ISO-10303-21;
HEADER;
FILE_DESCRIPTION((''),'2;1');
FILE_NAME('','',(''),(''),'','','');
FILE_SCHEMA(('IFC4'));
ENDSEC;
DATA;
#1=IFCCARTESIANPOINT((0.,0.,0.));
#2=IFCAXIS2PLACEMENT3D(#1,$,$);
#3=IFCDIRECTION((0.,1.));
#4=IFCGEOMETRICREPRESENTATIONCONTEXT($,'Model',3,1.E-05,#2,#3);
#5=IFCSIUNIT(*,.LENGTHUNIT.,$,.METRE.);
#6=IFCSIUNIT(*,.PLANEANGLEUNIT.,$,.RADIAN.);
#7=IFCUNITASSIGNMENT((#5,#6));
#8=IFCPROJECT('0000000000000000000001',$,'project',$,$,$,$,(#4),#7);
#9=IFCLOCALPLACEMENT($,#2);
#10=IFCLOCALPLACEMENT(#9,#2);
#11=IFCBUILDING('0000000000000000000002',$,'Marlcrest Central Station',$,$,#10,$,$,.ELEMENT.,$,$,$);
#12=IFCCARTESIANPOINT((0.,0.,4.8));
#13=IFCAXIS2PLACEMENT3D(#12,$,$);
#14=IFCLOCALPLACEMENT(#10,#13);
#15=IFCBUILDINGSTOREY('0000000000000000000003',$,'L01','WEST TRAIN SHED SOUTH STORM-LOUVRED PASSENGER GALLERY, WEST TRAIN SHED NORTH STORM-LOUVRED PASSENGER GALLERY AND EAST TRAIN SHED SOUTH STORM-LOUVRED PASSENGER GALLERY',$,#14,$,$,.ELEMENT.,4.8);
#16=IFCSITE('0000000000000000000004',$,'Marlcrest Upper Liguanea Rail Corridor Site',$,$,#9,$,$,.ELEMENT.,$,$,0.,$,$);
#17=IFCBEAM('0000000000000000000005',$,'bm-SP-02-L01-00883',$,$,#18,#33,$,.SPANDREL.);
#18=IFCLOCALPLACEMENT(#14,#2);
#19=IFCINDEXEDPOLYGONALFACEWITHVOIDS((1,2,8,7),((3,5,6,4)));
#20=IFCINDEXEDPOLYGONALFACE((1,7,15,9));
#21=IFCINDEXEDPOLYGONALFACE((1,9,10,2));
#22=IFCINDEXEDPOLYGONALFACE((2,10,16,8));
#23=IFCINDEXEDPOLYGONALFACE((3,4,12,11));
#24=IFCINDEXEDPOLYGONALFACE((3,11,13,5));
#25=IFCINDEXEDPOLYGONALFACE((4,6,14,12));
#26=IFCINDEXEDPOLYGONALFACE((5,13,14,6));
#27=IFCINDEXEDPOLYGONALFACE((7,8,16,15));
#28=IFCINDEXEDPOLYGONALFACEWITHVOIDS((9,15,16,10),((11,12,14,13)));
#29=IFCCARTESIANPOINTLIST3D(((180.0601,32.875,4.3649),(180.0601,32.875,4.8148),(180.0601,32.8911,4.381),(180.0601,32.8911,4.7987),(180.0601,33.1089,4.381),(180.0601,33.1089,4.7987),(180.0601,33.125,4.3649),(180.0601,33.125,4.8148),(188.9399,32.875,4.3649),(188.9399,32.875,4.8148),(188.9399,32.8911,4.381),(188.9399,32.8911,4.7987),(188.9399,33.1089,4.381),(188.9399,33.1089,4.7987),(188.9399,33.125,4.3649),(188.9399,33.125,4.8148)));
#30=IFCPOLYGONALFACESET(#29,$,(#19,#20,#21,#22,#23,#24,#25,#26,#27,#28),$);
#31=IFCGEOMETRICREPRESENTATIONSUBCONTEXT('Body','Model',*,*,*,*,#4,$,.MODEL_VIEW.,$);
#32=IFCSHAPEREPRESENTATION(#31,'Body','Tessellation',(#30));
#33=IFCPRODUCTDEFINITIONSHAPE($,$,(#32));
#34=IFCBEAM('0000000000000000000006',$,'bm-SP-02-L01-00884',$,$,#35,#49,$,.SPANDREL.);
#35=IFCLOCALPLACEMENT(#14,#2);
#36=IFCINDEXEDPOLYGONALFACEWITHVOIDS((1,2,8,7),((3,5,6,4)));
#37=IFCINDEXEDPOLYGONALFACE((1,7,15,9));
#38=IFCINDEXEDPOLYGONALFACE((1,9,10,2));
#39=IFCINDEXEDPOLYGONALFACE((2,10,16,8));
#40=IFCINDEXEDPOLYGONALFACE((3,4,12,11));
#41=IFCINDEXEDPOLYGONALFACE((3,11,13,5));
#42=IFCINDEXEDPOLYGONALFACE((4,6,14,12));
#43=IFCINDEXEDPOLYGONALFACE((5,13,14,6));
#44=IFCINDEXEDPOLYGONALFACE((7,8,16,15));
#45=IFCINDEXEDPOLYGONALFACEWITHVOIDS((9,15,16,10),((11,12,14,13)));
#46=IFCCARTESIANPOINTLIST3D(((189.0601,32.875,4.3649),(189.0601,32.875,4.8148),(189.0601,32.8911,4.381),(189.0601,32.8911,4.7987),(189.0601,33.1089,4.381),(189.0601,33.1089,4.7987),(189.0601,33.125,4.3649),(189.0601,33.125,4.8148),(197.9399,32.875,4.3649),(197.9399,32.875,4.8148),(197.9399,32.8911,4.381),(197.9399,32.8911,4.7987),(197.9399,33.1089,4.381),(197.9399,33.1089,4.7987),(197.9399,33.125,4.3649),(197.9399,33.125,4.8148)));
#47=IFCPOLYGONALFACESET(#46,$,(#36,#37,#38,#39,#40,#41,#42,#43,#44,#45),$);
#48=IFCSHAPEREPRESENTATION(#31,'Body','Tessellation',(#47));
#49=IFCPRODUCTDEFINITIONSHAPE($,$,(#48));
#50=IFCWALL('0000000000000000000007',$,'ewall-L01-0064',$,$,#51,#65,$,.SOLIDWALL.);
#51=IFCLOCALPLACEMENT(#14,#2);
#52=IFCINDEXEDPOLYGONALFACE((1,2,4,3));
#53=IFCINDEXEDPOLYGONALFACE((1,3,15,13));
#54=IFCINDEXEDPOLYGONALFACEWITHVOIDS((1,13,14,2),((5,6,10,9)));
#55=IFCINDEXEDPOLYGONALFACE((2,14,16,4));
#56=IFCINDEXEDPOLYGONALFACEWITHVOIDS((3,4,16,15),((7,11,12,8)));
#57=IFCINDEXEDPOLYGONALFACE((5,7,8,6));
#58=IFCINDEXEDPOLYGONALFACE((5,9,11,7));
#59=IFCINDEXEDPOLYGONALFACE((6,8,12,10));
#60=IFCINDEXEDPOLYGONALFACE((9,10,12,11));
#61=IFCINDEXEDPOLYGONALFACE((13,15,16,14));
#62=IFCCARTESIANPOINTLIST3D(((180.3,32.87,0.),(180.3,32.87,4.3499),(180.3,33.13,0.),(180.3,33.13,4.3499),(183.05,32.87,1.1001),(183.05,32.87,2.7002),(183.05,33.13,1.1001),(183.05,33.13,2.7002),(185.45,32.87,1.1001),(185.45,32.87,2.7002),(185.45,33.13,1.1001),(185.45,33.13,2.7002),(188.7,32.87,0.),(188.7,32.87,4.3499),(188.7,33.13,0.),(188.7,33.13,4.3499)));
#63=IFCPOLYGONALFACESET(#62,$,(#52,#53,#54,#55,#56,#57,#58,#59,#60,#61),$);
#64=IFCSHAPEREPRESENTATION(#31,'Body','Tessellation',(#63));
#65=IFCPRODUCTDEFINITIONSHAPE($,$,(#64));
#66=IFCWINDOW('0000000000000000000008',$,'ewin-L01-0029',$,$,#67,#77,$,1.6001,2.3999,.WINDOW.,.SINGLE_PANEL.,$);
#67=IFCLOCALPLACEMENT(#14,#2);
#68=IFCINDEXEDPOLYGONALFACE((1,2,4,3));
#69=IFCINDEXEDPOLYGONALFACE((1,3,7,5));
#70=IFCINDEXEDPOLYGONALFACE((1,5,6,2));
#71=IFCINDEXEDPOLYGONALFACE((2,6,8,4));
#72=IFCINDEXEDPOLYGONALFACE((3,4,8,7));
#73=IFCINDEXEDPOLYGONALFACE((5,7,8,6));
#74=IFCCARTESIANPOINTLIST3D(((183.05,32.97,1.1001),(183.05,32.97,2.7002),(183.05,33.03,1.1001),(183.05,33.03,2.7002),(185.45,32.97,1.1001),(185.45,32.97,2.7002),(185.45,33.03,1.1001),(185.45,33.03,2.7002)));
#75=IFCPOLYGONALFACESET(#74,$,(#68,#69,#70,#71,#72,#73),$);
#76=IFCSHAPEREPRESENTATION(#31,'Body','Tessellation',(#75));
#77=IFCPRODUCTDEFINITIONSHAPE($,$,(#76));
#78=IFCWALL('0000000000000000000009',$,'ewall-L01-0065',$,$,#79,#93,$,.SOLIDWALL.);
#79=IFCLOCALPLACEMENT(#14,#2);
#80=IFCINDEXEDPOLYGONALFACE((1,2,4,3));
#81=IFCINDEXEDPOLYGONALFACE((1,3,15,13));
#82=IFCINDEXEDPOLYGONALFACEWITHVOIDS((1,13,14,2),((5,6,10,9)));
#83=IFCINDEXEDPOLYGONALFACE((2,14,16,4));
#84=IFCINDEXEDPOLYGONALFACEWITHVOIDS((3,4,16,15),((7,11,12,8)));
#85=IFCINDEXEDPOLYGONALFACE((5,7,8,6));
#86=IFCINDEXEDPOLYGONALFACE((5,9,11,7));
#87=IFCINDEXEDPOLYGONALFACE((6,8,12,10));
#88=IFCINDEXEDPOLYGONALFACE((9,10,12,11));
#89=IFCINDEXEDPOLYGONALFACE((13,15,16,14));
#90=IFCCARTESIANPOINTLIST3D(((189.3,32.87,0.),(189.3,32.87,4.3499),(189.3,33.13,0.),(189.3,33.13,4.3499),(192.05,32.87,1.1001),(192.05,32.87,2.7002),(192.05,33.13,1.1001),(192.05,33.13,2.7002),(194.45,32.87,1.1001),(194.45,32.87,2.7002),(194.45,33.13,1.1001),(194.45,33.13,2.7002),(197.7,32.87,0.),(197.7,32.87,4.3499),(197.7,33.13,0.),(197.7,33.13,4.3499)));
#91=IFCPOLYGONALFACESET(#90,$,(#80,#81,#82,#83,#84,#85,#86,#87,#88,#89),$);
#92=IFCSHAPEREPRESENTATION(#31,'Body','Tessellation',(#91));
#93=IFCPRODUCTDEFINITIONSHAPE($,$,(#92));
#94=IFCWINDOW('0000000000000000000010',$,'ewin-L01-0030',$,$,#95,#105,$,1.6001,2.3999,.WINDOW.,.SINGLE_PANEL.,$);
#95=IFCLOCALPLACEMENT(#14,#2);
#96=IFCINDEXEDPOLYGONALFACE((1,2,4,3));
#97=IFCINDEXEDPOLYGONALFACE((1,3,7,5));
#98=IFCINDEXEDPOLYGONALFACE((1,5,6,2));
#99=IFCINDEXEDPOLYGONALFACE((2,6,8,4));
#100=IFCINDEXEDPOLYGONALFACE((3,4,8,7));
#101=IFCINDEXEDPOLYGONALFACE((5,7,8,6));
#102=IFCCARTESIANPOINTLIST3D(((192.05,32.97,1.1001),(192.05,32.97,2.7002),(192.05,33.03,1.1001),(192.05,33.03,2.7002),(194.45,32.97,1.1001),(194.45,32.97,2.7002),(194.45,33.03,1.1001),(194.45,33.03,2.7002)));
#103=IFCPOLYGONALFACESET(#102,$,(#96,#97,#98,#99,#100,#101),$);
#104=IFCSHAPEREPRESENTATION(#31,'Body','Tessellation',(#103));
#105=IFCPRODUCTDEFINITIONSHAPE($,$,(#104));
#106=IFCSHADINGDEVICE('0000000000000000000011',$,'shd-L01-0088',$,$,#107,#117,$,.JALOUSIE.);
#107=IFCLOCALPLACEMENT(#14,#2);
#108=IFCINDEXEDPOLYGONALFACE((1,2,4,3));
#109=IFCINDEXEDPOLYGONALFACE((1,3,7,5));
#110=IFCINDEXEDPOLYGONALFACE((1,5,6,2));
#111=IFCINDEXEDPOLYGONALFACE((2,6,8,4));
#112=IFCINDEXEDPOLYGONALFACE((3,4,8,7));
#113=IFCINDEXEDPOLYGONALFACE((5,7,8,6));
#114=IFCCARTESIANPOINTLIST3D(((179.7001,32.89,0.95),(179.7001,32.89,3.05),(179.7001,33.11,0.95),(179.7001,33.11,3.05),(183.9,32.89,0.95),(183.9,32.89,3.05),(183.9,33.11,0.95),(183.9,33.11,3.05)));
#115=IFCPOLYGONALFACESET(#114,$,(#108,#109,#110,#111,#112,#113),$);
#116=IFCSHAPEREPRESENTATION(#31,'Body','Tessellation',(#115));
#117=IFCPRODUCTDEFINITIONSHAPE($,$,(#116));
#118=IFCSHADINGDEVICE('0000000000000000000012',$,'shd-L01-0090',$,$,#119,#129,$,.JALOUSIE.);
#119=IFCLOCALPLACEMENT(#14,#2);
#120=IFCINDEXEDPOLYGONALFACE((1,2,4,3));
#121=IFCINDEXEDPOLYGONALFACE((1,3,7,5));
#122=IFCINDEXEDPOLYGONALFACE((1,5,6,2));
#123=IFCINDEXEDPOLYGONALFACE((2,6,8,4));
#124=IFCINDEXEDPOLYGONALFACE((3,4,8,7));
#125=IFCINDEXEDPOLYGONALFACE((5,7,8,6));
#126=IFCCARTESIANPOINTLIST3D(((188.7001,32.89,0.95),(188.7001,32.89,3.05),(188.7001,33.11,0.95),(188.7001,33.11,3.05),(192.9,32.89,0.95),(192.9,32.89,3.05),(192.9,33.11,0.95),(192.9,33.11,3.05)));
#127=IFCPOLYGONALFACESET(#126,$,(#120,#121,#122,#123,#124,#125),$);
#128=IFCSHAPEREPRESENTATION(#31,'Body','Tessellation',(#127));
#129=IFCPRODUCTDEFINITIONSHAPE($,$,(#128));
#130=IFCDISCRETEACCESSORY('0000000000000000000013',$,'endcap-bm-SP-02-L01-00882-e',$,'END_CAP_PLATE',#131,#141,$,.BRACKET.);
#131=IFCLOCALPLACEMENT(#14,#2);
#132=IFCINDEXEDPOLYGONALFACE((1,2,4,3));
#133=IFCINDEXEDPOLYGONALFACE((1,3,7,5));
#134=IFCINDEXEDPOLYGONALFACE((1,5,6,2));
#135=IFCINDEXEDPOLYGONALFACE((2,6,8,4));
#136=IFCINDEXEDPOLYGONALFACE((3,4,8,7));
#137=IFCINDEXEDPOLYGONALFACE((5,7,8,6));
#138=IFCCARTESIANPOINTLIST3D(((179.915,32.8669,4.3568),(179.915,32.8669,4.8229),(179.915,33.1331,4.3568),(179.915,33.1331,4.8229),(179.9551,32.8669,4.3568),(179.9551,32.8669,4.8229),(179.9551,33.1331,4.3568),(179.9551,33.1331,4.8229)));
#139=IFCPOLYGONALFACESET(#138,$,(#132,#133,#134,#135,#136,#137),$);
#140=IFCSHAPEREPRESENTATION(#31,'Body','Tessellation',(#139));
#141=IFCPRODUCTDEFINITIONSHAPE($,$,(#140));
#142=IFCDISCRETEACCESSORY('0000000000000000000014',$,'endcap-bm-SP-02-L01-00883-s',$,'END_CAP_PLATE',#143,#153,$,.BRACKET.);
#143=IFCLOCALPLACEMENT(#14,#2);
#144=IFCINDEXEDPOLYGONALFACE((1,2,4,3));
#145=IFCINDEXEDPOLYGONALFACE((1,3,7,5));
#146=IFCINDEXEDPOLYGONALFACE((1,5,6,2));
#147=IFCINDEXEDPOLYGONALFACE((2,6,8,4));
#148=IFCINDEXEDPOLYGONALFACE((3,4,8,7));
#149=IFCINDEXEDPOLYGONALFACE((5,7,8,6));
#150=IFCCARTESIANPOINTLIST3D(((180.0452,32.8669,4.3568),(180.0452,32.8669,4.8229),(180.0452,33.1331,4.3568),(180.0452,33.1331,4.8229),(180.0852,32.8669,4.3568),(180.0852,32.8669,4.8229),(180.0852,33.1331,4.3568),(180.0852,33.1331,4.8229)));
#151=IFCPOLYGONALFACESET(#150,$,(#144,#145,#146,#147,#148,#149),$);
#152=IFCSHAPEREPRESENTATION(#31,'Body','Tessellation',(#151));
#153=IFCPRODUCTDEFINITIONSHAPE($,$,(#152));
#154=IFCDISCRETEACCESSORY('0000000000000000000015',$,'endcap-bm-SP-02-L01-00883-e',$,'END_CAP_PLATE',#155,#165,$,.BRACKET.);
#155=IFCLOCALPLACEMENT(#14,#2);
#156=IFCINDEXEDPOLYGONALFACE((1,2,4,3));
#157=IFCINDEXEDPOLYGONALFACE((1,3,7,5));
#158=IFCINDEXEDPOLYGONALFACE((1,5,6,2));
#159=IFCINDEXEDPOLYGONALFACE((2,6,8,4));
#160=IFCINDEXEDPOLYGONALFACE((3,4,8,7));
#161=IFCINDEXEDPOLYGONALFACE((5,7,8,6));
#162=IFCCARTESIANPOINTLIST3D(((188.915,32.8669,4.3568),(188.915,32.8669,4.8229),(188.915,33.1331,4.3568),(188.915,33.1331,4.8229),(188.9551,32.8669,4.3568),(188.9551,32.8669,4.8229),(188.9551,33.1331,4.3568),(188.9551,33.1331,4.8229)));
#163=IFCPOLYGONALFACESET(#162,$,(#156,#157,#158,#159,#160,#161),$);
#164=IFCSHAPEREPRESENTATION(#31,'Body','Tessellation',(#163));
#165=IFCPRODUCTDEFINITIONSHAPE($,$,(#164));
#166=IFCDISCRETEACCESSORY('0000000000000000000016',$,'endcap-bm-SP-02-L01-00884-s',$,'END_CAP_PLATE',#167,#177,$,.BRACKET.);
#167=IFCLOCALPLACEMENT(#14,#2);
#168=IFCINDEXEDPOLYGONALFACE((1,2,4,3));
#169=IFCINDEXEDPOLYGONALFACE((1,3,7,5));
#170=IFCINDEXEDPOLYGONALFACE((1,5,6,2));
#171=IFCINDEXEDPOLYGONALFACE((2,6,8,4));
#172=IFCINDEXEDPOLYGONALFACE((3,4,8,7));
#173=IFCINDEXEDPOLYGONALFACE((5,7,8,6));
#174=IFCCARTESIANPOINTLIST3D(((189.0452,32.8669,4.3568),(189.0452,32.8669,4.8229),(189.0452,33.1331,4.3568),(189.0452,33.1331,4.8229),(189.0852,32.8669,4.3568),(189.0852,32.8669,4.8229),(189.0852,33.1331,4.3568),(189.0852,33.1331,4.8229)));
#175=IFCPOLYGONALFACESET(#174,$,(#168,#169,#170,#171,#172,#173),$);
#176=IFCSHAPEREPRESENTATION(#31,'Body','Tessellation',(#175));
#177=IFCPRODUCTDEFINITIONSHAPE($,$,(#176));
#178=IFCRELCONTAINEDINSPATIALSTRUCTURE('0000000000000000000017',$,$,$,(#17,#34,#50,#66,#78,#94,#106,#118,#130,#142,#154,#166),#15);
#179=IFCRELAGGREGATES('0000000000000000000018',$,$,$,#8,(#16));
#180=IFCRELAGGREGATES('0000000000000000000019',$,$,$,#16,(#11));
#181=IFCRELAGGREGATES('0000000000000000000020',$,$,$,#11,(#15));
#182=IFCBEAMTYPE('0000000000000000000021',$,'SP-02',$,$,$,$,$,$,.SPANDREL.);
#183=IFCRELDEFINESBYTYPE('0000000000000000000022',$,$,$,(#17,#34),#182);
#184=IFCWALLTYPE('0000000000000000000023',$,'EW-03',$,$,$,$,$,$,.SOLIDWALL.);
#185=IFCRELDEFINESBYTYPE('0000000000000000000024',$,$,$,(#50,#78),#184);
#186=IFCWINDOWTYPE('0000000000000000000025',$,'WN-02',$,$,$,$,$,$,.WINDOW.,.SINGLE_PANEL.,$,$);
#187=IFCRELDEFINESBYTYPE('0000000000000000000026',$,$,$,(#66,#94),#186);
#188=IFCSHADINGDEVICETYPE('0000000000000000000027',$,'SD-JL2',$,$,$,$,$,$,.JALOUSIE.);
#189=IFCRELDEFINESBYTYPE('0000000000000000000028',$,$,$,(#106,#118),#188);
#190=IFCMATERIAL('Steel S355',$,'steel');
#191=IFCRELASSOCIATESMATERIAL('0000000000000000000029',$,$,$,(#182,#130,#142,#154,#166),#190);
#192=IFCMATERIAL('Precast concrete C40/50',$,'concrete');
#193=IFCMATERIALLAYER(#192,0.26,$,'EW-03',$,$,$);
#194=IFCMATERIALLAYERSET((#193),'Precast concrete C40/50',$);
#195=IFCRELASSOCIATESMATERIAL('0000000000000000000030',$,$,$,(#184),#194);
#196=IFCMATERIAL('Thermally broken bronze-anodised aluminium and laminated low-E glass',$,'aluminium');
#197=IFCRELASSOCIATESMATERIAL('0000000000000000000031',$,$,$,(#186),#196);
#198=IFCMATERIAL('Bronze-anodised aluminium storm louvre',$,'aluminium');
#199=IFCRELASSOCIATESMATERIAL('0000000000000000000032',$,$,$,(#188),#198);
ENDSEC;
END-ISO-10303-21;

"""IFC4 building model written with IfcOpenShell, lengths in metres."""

from ifc_helpers import new_model, si_unit, direction, frame, frame_2d, origin, origin_2d, place, context, subcontext, project, spatial, rectangle, hollow_rectangle, extrude, material, layer, layer_set, material_profile, profile_set, type_object, element, fill, save


model = new_model("IFC4")

# Units and contexts
model_context = context("Model", 3, precision=1e-05, world=origin(), true_north=direction((0.0, 1.0)))
body_context = subcontext(model_context, "Body", "Model", "MODEL_VIEW")
ifc_project = project(units=[si_unit("LENGTHUNIT", "METRE"), si_unit("PLANEANGLEUNIT", "RADIAN")], contexts=[model_context])

# Site, building, storey
site_placement = place(None, origin())
site = spatial("IfcSite", under=ifc_project, at=site_placement, Name="Marlcrest Upper Liguanea Rail Corridor Site", CompositionType="ELEMENT", RefElevation=0.0)
building_placement = place(site_placement, origin())
building = spatial("IfcBuilding", under=site, at=building_placement, Name="Marlcrest Central Station", CompositionType="ELEMENT")
storey_placement = place(building_placement, frame((0.0, 0.0, 4.8)))
storey = spatial("IfcBuildingStorey", under=building, at=storey_placement, Name="L01", Description="WEST TRAIN SHED SOUTH STORM-LOUVRED PASSENGER GALLERY, WEST TRAIN SHED NORTH STORM-LOUVRED PASSENGER GALLERY AND EAST TRAIN SHED SOUTH STORM-LOUVRED PASSENGER GALLERY", CompositionType="ELEMENT", Elevation=4.8)

# Shared definitions
ifc_material_1 = material(Name="Steel S355", Category="steel")

# Beams
ifc_material_profile_1 = material_profile(ifc_material_1, hollow_rectangle(XDim=0.25, YDim=0.45, WallThickness=0.0161, at=origin_2d()), Name="RHS 450x250x16")
ifc_profile_set_1 = profile_set([ifc_material_profile_1], Name="Steel S355")
beam_type_1 = type_object("IfcBeamType", Name="SP-02", PredefinedType="SPANDREL", material=ifc_profile_set_1)
for number, where, z_axis, x_axis, name in (
    (1, (180.0601, 33.0, 4.5898), (1.0, 0.0, 0.0), (0.0, 1.0, 0.0), "bm-SP-02-L01-00883"),
    (2, (189.0601, 33.0, 4.5898), (1.0, 0.0, 0.0), (0.0, 1.0, 0.0), "bm-SP-02-L01-00884"),
):
    element("IfcBeam", number, at=place(storey_placement, frame(where, z_axis=z_axis, x_axis=x_axis)), inside=storey, type_object=beam_type_1, Name=name, PredefinedType="SPANDREL", context=body_context, shape_type="SweptSolid", body=[
        extrude(hollow_rectangle(XDim=0.25, YDim=0.45, WallThickness=0.0161, at=origin_2d()), origin(), (0.0, 0.0, 1.0), 8.8799),
    ])

# Walls, openings, windows
ifc_material_2 = material(Name="Precast concrete C40/50", Category="concrete")
ifc_layer = layer(ifc_material_2, 0.26, Name="EW-03")
ifc_layer_set = layer_set([ifc_layer], Name="Precast concrete C40/50")
wall_type = type_object("IfcWallType", Name="EW-03", PredefinedType="SOLIDWALL", material=ifc_layer_set)
wall_1_placement = place(storey_placement, frame((180.3, 33.0, 0.0), z_axis=(0.0, 0.0, 1.0), x_axis=(1.0, 0.0, 0.0)))
wall_1 = element("IfcWall", 3, at=wall_1_placement, inside=storey, type_object=wall_type, Name="ewall-L01-0064", PredefinedType="SOLIDWALL", context=body_context, shape_type="SweptSolid", body=[
    extrude(rectangle(XDim=8.3999, YDim=0.26, at=frame_2d((4.2, 0.0))), origin(), (0.0, 0.0, 1.0), 4.3499),
])
opening_1_placement = place(wall_1_placement, frame((2.75, 0.0, 1.1001)))
opening_1 = element("IfcOpeningElement", 4, at=opening_1_placement, cuts=wall_1, PredefinedType="OPENING", context=body_context, shape_type="SweptSolid", body=[
    extrude(rectangle(XDim=2.3999, YDim=1.6001, at=frame_2d((1.2, 0.8))), frame((0.0, 0.1399, 0.0), z_axis=(0.0, -1.0, 0.0), x_axis=(1.0, 0.0, 0.0)), (0.0, 0.0, 1.0), 0.28),
])
ifc_material_3 = material(Name="Thermally broken bronze-anodised aluminium and laminated low-E glass", Category="aluminium")
window_type = type_object("IfcWindowType", Name="WN-02", PartitioningType="SINGLE_PANEL", PredefinedType="WINDOW", material=ifc_material_3)
window_1_placement = place(opening_1_placement, origin())
window_1 = element("IfcWindow", 5, at=window_1_placement, inside=storey, type_object=window_type, Name="ewin-L01-0029", OverallHeight=1.6001, OverallWidth=2.3999, PartitioningType="SINGLE_PANEL", PredefinedType="WINDOW", context=body_context, shape_type="SweptSolid", body=[
    extrude(rectangle(XDim=2.3999, YDim=1.6001, at=frame_2d((1.2, 0.8))), frame((0.0, 0.03, 0.0), z_axis=(0.0, -1.0, 0.0), x_axis=(1.0, 0.0, 0.0)), (0.0, 0.0, 1.0), 0.0601),
])
fill(opening_1, window_1)
wall_2_placement = place(storey_placement, frame((189.3, 33.0, 0.0), z_axis=(0.0, 0.0, 1.0), x_axis=(1.0, 0.0, 0.0)))
wall_2 = element("IfcWall", 6, at=wall_2_placement, inside=storey, type_object=wall_type, Name="ewall-L01-0065", PredefinedType="SOLIDWALL", context=body_context, shape_type="SweptSolid", body=[
    extrude(rectangle(XDim=8.3999, YDim=0.26, at=frame_2d((4.2, 0.0))), origin(), (0.0, 0.0, 1.0), 4.3499),
])
opening_2_placement = place(wall_2_placement, frame((2.75, 0.0, 1.1001)))
opening_2 = element("IfcOpeningElement", 7, at=opening_2_placement, cuts=wall_2, PredefinedType="OPENING", context=body_context, shape_type="SweptSolid", body=[
    extrude(rectangle(XDim=2.3999, YDim=1.6001, at=frame_2d((1.2, 0.8))), frame((0.0, 0.1399, 0.0), z_axis=(0.0, -1.0, 0.0), x_axis=(1.0, 0.0, 0.0)), (0.0, 0.0, 1.0), 0.28),
])
window_2_placement = place(opening_2_placement, origin())
window_2 = element("IfcWindow", 8, at=window_2_placement, inside=storey, type_object=window_type, Name="ewin-L01-0030", OverallHeight=1.6001, OverallWidth=2.3999, PartitioningType="SINGLE_PANEL", PredefinedType="WINDOW", context=body_context, shape_type="SweptSolid", body=[
    extrude(rectangle(XDim=2.3999, YDim=1.6001, at=frame_2d((1.2, 0.8))), frame((0.0, 0.03, 0.0), z_axis=(0.0, -1.0, 0.0), x_axis=(1.0, 0.0, 0.0)), (0.0, 0.0, 1.0), 0.0601),
])
fill(opening_2, window_2)

# Shading devices
ifc_material_4 = material(Name="Bronze-anodised aluminium storm louvre", Category="aluminium")
shading_device_type = type_object("IfcShadingDeviceType", Name="SD-JL2", PredefinedType="JALOUSIE", material=ifc_material_4)
for number, where, z_axis, x_axis, name in (
    (9, (181.8, 33.0, 0.95), (0.0, 0.0, 1.0), (1.0, 0.0, 0.0), "shd-L01-0088"),
    (10, (190.8, 33.0, 0.95), (0.0, 0.0, 1.0), (1.0, 0.0, 0.0), "shd-L01-0090"),
):
    element("IfcShadingDevice", number, at=place(storey_placement, frame(where, z_axis=z_axis, x_axis=x_axis)), inside=storey, type_object=shading_device_type, Name=name, PredefinedType="JALOUSIE", context=body_context, shape_type="SweptSolid", body=[
        extrude(rectangle(XDim=4.2, YDim=0.22, at=origin_2d()), origin(), (0.0, 0.0, 1.0), 2.1001),
    ])

# Discrete accessories
for number, where, z_axis, x_axis, name in (
    (11, (179.915, 33.0, 4.5898), (1.0, 0.0, 0.0), (0.0, 1.0, 0.0), "endcap-bm-SP-02-L01-00882-e"),
    (12, (180.0452, 33.0, 4.5898), (1.0, 0.0, 0.0), (0.0, 1.0, 0.0), "endcap-bm-SP-02-L01-00883-s"),
    (13, (188.915, 33.0, 4.5898), (1.0, 0.0, 0.0), (0.0, 1.0, 0.0), "endcap-bm-SP-02-L01-00883-e"),
    (14, (189.0452, 33.0, 4.5898), (1.0, 0.0, 0.0), (0.0, 1.0, 0.0), "endcap-bm-SP-02-L01-00884-s"),
):
    element("IfcDiscreteAccessory", number, at=place(storey_placement, frame(where, z_axis=z_axis, x_axis=x_axis)), inside=storey, material=ifc_material_1, Name=name, ObjectType="END_CAP_PLATE", PredefinedType="BRACKET", context=body_context, shape_type="SweptSolid", body=[
        extrude(rectangle(XDim=0.2661, YDim=0.4661, at=origin_2d()), origin(), (0.0, 0.0, 1.0), 0.04),
    ])

save(model, "model.ifc")
